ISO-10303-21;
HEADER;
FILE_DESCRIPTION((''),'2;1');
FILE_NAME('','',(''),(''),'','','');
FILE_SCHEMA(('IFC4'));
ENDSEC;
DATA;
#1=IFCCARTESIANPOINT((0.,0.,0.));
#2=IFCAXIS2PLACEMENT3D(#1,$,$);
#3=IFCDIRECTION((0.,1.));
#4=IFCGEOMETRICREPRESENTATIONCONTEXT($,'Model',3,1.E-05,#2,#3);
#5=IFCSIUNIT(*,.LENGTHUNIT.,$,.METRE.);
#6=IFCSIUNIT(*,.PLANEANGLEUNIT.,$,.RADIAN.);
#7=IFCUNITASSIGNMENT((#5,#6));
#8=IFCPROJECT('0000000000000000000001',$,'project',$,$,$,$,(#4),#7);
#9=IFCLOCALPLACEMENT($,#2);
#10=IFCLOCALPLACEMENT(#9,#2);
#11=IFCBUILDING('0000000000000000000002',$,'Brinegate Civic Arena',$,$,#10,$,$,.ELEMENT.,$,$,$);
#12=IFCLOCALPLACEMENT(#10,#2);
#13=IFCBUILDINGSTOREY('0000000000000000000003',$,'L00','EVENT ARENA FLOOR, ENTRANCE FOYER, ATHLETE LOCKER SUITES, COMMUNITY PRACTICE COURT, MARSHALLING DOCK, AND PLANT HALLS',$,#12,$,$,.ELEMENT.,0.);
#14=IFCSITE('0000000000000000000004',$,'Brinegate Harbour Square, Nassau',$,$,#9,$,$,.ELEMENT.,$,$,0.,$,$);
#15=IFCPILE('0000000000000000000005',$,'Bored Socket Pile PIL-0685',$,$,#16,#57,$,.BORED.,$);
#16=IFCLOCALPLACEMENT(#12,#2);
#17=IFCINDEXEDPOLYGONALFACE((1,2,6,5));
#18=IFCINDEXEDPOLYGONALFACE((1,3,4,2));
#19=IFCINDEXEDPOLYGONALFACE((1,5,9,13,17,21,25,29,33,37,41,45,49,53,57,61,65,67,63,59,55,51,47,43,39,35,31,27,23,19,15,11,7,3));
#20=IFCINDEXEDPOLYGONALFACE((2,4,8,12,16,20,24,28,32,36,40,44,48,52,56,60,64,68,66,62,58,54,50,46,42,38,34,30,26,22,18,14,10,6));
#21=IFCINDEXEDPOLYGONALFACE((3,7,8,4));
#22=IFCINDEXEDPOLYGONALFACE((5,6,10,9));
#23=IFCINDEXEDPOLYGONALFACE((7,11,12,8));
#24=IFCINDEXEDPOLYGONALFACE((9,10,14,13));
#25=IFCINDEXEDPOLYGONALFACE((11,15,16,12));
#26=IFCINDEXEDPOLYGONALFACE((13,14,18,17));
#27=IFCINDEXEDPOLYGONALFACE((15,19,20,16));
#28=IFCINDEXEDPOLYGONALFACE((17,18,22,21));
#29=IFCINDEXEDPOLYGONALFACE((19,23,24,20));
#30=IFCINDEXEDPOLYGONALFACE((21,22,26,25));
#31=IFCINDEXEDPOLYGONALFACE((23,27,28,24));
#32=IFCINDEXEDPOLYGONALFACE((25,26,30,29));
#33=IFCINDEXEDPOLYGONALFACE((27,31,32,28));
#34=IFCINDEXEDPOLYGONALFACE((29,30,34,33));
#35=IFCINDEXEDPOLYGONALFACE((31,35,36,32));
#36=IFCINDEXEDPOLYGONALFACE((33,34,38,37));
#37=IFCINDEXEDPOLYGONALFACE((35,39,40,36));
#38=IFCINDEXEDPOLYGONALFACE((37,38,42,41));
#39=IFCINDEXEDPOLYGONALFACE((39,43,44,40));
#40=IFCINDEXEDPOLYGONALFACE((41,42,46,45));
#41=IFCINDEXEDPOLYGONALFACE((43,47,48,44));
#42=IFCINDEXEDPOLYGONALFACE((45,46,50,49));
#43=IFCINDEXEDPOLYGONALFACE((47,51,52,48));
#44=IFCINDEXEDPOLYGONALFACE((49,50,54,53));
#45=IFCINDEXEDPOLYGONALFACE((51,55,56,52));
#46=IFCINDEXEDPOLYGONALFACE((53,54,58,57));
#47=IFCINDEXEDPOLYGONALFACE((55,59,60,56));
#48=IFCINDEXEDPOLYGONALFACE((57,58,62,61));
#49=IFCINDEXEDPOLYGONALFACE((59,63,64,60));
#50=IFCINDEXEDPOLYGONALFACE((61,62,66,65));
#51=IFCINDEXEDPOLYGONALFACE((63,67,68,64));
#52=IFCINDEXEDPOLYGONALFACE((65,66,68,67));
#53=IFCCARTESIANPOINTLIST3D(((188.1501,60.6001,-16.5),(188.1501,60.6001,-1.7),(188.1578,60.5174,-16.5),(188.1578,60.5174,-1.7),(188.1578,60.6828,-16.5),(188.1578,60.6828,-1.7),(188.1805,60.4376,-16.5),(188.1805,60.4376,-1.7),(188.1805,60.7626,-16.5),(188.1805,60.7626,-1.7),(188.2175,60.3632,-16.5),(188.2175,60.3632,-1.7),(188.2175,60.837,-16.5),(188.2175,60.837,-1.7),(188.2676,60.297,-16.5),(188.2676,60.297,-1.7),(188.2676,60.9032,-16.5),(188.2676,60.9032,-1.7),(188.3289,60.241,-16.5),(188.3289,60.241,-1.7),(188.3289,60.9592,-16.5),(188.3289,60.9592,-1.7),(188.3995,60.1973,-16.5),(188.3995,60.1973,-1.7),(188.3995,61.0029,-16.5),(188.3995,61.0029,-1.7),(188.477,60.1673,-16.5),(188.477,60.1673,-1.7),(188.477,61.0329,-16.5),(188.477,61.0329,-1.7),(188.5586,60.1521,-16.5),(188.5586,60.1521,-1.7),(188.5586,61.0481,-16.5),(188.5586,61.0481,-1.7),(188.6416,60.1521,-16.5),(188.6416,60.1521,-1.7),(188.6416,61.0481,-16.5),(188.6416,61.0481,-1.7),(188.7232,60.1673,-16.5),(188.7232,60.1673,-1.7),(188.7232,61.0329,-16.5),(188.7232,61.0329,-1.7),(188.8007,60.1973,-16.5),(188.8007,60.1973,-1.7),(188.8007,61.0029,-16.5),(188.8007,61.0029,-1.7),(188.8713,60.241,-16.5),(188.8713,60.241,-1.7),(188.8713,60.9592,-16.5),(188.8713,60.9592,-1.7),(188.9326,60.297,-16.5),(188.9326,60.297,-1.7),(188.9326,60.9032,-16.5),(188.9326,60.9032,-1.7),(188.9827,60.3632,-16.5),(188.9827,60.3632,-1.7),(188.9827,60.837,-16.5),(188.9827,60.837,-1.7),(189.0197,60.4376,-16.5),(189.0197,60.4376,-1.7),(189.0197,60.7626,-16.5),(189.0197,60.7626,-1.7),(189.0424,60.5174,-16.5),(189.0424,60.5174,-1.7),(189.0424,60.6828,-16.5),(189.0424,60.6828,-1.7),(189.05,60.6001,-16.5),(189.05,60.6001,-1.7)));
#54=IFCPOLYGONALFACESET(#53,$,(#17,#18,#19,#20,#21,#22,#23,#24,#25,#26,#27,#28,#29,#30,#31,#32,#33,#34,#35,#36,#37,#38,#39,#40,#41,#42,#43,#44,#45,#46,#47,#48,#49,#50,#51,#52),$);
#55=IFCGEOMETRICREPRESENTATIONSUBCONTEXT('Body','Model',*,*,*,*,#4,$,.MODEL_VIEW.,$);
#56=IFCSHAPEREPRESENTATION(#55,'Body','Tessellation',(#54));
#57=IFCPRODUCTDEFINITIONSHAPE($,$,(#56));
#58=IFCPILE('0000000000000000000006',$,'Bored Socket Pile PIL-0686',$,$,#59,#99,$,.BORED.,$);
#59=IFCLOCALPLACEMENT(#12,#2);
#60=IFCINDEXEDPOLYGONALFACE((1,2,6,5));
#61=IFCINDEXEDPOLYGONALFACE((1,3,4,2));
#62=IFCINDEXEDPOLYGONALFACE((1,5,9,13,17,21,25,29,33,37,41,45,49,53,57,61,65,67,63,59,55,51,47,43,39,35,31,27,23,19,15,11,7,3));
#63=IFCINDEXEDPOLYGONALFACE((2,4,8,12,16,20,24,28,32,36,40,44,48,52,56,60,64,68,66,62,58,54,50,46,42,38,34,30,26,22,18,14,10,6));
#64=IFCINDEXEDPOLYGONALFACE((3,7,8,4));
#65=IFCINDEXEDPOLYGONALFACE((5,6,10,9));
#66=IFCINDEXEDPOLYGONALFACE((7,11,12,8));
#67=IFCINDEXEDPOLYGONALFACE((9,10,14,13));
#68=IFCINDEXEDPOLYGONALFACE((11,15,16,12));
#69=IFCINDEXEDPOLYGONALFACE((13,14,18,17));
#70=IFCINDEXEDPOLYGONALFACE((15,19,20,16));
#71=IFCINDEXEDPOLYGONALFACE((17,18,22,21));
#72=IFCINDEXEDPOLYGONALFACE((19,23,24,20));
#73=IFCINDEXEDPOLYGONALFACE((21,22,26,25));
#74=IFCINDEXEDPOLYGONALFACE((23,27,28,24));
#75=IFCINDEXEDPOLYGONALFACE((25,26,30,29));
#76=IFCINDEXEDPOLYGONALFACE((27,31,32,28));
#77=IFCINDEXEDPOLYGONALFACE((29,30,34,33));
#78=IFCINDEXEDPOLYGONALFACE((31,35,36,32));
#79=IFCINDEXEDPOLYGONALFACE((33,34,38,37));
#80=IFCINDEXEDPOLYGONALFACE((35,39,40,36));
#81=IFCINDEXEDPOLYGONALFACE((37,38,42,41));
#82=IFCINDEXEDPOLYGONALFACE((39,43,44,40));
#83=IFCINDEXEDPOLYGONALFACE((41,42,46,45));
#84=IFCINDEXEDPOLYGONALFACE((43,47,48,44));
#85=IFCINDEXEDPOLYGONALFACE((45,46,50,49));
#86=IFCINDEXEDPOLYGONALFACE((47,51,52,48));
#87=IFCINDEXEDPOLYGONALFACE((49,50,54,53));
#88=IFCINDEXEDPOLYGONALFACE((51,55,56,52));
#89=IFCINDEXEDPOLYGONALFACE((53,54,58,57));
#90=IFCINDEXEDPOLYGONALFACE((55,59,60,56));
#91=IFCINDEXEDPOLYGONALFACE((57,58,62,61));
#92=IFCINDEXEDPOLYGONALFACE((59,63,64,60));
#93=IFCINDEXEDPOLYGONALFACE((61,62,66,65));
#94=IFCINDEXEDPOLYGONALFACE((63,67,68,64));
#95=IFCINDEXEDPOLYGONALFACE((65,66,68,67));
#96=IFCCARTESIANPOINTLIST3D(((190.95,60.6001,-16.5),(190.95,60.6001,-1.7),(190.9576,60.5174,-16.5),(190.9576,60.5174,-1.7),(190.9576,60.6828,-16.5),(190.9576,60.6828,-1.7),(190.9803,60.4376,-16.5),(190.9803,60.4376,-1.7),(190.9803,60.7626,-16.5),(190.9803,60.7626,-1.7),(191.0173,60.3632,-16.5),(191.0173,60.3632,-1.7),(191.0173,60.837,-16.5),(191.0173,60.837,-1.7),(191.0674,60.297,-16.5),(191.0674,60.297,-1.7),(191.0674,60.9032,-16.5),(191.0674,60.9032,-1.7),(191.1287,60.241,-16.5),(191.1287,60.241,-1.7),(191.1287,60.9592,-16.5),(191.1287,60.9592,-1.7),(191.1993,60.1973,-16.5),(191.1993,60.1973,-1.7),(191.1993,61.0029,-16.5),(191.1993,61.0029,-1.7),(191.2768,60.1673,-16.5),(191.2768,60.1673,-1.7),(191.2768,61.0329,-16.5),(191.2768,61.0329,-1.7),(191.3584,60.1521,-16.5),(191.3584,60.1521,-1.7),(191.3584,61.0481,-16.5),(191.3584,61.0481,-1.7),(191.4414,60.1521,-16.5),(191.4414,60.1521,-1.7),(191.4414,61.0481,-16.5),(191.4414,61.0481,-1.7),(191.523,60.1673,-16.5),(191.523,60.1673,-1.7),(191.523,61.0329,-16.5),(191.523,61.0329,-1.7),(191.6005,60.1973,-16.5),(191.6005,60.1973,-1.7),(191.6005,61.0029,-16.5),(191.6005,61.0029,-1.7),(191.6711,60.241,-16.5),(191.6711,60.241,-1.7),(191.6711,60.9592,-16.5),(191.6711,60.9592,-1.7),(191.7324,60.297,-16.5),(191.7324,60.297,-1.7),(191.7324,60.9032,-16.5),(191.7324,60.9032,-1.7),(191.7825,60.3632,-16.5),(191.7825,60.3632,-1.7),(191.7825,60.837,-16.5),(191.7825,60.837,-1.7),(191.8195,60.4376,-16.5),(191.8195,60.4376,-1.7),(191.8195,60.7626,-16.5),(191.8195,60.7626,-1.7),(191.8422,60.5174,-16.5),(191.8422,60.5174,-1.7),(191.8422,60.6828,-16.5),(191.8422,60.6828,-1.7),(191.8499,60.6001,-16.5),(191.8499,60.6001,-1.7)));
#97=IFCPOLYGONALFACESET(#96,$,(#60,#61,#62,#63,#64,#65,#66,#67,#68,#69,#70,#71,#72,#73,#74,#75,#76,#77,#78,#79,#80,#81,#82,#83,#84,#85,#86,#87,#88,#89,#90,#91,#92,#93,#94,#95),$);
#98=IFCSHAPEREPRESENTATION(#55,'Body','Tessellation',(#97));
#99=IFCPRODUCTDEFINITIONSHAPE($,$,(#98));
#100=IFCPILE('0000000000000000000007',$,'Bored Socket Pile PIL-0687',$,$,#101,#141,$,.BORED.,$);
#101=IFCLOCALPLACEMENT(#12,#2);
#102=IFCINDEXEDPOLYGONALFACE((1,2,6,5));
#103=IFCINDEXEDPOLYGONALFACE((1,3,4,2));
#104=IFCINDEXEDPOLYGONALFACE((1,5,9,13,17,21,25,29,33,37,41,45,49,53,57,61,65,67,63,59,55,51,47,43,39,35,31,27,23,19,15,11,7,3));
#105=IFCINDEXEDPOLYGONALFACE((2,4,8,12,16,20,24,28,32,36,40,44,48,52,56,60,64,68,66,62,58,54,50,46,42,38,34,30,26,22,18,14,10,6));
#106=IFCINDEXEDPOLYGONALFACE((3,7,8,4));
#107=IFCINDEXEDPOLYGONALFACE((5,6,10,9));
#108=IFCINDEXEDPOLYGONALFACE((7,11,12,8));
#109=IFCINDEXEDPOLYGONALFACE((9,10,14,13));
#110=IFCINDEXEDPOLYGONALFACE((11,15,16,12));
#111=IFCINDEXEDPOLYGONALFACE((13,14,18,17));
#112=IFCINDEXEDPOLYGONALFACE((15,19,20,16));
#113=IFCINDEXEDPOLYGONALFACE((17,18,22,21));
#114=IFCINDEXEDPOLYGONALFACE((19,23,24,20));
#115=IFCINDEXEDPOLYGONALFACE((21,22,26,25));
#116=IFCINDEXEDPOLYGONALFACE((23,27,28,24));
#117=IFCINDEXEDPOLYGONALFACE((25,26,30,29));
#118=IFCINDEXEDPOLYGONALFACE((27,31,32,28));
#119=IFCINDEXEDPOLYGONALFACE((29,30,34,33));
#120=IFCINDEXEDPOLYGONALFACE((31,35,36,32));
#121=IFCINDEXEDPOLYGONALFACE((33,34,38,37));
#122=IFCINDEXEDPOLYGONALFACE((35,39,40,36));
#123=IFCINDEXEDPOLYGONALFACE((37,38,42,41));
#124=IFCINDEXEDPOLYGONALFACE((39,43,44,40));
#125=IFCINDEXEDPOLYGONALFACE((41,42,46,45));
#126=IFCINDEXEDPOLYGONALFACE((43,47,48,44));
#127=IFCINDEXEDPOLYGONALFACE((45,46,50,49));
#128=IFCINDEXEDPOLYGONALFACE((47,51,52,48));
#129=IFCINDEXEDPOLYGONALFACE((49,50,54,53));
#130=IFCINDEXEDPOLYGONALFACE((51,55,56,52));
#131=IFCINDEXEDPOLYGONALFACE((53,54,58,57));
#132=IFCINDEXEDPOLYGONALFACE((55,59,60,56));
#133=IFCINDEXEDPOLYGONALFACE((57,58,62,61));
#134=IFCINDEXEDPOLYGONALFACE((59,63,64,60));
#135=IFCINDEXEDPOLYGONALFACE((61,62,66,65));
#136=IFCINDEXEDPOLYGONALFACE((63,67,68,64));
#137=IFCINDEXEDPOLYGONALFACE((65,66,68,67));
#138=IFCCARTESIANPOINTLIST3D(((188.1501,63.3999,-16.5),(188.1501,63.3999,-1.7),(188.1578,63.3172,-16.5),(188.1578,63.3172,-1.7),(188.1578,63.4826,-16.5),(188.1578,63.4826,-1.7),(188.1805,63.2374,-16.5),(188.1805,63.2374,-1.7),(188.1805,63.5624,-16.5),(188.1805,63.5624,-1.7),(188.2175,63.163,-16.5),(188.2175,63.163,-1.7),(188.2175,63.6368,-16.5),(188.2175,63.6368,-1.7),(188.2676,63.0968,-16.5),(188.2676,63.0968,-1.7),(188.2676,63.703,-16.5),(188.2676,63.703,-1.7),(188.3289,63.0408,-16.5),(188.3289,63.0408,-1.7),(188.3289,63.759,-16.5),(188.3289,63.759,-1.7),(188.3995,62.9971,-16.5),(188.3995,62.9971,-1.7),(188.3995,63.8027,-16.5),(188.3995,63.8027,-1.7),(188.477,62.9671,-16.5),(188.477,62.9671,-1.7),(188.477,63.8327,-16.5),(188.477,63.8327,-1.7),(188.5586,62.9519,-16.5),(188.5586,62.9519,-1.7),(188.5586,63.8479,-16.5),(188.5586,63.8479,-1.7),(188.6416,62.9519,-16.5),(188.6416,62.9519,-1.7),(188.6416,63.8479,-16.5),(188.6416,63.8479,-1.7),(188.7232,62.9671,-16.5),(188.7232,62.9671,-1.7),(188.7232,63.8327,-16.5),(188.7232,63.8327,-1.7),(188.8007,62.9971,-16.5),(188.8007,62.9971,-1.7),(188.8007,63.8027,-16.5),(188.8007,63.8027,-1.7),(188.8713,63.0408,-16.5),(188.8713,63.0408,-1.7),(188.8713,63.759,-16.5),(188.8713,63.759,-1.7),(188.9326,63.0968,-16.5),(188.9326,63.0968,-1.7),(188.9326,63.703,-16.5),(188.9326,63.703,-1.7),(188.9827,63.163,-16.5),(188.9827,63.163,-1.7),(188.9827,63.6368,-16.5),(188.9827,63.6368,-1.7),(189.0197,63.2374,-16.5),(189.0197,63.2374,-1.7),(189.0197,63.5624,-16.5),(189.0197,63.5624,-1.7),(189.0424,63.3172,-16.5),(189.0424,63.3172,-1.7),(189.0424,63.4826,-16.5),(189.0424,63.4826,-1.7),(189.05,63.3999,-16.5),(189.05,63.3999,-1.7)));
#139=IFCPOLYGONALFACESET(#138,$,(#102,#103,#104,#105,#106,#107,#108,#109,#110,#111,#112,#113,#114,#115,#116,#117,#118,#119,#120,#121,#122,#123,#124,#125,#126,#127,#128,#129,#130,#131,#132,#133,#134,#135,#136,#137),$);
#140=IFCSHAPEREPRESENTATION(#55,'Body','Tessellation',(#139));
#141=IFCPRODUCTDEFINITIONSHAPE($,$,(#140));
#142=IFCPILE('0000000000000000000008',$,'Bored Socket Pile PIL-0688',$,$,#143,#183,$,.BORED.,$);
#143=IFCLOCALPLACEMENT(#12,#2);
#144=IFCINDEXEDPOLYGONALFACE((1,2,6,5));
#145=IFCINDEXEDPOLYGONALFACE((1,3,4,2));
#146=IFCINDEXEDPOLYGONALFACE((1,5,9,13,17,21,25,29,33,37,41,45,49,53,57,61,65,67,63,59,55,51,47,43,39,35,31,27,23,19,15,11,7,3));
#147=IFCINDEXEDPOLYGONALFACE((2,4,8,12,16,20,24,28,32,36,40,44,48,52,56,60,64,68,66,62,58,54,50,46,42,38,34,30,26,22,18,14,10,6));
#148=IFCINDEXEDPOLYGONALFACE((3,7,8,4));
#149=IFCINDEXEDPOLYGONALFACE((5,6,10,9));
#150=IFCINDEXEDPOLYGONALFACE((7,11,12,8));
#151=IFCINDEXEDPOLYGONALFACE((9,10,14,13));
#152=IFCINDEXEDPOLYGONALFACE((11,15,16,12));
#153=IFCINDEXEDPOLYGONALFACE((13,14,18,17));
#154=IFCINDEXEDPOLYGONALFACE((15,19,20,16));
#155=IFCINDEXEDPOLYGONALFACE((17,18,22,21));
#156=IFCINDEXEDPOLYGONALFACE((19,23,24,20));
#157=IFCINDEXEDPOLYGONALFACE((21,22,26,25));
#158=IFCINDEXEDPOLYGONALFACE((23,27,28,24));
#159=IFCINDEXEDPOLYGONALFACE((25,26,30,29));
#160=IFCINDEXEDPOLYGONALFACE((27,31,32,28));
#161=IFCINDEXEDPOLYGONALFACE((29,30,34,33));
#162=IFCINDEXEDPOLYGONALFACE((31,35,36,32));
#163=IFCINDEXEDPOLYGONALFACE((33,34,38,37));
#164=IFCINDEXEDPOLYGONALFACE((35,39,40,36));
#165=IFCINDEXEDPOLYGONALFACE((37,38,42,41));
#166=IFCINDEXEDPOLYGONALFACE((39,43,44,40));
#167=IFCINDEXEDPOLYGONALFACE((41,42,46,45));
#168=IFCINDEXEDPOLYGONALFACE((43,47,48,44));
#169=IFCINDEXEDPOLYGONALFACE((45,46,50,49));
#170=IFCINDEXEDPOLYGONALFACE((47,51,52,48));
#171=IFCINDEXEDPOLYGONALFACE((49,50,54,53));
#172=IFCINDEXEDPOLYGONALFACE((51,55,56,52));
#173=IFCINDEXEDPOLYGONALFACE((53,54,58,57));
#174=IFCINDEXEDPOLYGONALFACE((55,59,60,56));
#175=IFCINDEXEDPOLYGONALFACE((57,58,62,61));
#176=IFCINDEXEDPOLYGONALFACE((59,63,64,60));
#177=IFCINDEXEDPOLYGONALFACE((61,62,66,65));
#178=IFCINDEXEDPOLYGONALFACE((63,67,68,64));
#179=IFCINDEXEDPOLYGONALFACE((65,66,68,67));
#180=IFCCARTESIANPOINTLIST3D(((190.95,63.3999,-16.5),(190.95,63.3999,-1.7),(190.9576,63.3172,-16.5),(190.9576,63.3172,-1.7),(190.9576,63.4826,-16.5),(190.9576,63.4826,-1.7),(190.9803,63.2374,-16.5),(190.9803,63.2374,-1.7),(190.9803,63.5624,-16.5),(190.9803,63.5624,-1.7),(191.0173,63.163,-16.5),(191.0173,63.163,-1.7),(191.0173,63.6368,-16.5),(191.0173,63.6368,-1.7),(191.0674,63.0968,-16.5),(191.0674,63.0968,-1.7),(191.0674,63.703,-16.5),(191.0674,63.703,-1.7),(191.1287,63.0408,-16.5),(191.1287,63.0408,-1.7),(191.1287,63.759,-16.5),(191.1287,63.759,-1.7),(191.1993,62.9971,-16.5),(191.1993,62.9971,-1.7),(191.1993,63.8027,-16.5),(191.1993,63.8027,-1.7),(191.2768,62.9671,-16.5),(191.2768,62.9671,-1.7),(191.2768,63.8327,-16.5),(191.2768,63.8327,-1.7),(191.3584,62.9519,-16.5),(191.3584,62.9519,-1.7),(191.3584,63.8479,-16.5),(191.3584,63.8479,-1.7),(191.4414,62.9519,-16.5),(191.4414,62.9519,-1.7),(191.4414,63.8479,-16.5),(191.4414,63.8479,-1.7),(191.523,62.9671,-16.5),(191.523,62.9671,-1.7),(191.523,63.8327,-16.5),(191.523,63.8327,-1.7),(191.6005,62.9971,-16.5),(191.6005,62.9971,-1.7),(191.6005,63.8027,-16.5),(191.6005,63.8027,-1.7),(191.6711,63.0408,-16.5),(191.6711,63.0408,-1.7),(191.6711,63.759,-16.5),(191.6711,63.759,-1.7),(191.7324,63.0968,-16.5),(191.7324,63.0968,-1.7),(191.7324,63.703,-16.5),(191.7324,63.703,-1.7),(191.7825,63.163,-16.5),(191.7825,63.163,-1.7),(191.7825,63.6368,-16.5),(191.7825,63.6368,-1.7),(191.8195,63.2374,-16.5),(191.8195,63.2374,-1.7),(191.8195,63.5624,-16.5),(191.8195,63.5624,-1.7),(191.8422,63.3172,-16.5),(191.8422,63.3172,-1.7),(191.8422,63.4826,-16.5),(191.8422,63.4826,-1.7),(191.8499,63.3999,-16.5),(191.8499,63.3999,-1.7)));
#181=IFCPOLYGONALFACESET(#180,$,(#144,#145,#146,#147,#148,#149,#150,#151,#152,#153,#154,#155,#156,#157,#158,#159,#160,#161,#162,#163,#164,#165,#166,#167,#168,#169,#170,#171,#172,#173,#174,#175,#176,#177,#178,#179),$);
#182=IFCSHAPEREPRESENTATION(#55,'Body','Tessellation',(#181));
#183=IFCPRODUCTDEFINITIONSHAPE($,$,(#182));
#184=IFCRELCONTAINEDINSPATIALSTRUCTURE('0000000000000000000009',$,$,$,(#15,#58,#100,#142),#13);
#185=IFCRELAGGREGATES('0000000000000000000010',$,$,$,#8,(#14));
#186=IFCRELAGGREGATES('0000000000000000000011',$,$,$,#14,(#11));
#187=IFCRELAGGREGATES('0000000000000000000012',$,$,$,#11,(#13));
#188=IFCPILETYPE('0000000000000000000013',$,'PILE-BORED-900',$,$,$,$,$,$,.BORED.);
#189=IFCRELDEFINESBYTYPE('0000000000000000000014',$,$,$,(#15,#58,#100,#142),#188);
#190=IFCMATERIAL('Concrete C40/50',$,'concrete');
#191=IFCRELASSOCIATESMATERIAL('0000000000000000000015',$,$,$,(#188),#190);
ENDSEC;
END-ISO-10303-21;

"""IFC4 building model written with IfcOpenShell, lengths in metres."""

from ifc_helpers import new_model, si_unit, direction, frame, origin, origin_2d, place, context, subcontext, project, spatial, circle, extrude, material, material_profile, profile_set, type_object, element, save


model = new_model("IFC4")

# Units and contexts
model_context = context("Model", 3, precision=1e-05, world=origin(), true_north=direction((0.0, 1.0)))
body_context = subcontext(model_context, "Body", "Model", "MODEL_VIEW")
ifc_project = project(units=[si_unit("LENGTHUNIT", "METRE"), si_unit("PLANEANGLEUNIT", "RADIAN")], contexts=[model_context])

# Site, building, storey
site_placement = place(None, origin())
site = spatial("IfcSite", under=ifc_project, at=site_placement, Name="Brinegate Harbour Square, Nassau", CompositionType="ELEMENT", RefElevation=0.0)
building_placement = place(site_placement, origin())
building = spatial("IfcBuilding", under=site, at=building_placement, Name="Brinegate Civic Arena", CompositionType="ELEMENT")
storey_placement = place(building_placement, origin())
storey = spatial("IfcBuildingStorey", under=building, at=storey_placement, Name="L00", Description="EVENT ARENA FLOOR, ENTRANCE FOYER, ATHLETE LOCKER SUITES, COMMUNITY PRACTICE COURT, MARSHALLING DOCK, AND PLANT HALLS", CompositionType="ELEMENT", Elevation=0.0)

# Shared definitions
ifc_material_1 = material(Name="Concrete C40/50", Category="concrete")

# Piles
ifc_material_profile_1 = material_profile(ifc_material_1, circle(Radius=0.45, at=origin_2d()), Name="PILED900")
ifc_profile_set_1 = profile_set([ifc_material_profile_1], Name="Concrete C40/50")
pile_type_1 = type_object("IfcPileType", Name="PILE-BORED-900", PredefinedType="BORED", material=ifc_profile_set_1)
for number, where, z_axis, x_axis, name in (
    (1, (188.6001, 60.6001, -1.7), (0.0, 0.0, -1.0), (1.0, 0.0, 0.0), "Bored Socket Pile PIL-0685"),
    (2, (191.3999, 60.6001, -1.7), (0.0, 0.0, -1.0), (1.0, 0.0, 0.0), "Bored Socket Pile PIL-0686"),
    (3, (188.6001, 63.3999, -1.7), (0.0, 0.0, -1.0), (1.0, 0.0, 0.0), "Bored Socket Pile PIL-0687"),
    (4, (191.3999, 63.3999, -1.7), (0.0, 0.0, -1.0), (1.0, 0.0, 0.0), "Bored Socket Pile PIL-0688"),
):
    element("IfcPile", number, at=place(storey_placement, frame(where, z_axis=z_axis, x_axis=x_axis)), inside=storey, type_object=pile_type_1, Name=name, PredefinedType="BORED", context=body_context, shape_type="SweptSolid", body=[
        extrude(circle(Radius=0.45, at=origin_2d()), origin(), (0.0, 0.0, 1.0), 14.8),
    ])

save(model, "model.ifc")
